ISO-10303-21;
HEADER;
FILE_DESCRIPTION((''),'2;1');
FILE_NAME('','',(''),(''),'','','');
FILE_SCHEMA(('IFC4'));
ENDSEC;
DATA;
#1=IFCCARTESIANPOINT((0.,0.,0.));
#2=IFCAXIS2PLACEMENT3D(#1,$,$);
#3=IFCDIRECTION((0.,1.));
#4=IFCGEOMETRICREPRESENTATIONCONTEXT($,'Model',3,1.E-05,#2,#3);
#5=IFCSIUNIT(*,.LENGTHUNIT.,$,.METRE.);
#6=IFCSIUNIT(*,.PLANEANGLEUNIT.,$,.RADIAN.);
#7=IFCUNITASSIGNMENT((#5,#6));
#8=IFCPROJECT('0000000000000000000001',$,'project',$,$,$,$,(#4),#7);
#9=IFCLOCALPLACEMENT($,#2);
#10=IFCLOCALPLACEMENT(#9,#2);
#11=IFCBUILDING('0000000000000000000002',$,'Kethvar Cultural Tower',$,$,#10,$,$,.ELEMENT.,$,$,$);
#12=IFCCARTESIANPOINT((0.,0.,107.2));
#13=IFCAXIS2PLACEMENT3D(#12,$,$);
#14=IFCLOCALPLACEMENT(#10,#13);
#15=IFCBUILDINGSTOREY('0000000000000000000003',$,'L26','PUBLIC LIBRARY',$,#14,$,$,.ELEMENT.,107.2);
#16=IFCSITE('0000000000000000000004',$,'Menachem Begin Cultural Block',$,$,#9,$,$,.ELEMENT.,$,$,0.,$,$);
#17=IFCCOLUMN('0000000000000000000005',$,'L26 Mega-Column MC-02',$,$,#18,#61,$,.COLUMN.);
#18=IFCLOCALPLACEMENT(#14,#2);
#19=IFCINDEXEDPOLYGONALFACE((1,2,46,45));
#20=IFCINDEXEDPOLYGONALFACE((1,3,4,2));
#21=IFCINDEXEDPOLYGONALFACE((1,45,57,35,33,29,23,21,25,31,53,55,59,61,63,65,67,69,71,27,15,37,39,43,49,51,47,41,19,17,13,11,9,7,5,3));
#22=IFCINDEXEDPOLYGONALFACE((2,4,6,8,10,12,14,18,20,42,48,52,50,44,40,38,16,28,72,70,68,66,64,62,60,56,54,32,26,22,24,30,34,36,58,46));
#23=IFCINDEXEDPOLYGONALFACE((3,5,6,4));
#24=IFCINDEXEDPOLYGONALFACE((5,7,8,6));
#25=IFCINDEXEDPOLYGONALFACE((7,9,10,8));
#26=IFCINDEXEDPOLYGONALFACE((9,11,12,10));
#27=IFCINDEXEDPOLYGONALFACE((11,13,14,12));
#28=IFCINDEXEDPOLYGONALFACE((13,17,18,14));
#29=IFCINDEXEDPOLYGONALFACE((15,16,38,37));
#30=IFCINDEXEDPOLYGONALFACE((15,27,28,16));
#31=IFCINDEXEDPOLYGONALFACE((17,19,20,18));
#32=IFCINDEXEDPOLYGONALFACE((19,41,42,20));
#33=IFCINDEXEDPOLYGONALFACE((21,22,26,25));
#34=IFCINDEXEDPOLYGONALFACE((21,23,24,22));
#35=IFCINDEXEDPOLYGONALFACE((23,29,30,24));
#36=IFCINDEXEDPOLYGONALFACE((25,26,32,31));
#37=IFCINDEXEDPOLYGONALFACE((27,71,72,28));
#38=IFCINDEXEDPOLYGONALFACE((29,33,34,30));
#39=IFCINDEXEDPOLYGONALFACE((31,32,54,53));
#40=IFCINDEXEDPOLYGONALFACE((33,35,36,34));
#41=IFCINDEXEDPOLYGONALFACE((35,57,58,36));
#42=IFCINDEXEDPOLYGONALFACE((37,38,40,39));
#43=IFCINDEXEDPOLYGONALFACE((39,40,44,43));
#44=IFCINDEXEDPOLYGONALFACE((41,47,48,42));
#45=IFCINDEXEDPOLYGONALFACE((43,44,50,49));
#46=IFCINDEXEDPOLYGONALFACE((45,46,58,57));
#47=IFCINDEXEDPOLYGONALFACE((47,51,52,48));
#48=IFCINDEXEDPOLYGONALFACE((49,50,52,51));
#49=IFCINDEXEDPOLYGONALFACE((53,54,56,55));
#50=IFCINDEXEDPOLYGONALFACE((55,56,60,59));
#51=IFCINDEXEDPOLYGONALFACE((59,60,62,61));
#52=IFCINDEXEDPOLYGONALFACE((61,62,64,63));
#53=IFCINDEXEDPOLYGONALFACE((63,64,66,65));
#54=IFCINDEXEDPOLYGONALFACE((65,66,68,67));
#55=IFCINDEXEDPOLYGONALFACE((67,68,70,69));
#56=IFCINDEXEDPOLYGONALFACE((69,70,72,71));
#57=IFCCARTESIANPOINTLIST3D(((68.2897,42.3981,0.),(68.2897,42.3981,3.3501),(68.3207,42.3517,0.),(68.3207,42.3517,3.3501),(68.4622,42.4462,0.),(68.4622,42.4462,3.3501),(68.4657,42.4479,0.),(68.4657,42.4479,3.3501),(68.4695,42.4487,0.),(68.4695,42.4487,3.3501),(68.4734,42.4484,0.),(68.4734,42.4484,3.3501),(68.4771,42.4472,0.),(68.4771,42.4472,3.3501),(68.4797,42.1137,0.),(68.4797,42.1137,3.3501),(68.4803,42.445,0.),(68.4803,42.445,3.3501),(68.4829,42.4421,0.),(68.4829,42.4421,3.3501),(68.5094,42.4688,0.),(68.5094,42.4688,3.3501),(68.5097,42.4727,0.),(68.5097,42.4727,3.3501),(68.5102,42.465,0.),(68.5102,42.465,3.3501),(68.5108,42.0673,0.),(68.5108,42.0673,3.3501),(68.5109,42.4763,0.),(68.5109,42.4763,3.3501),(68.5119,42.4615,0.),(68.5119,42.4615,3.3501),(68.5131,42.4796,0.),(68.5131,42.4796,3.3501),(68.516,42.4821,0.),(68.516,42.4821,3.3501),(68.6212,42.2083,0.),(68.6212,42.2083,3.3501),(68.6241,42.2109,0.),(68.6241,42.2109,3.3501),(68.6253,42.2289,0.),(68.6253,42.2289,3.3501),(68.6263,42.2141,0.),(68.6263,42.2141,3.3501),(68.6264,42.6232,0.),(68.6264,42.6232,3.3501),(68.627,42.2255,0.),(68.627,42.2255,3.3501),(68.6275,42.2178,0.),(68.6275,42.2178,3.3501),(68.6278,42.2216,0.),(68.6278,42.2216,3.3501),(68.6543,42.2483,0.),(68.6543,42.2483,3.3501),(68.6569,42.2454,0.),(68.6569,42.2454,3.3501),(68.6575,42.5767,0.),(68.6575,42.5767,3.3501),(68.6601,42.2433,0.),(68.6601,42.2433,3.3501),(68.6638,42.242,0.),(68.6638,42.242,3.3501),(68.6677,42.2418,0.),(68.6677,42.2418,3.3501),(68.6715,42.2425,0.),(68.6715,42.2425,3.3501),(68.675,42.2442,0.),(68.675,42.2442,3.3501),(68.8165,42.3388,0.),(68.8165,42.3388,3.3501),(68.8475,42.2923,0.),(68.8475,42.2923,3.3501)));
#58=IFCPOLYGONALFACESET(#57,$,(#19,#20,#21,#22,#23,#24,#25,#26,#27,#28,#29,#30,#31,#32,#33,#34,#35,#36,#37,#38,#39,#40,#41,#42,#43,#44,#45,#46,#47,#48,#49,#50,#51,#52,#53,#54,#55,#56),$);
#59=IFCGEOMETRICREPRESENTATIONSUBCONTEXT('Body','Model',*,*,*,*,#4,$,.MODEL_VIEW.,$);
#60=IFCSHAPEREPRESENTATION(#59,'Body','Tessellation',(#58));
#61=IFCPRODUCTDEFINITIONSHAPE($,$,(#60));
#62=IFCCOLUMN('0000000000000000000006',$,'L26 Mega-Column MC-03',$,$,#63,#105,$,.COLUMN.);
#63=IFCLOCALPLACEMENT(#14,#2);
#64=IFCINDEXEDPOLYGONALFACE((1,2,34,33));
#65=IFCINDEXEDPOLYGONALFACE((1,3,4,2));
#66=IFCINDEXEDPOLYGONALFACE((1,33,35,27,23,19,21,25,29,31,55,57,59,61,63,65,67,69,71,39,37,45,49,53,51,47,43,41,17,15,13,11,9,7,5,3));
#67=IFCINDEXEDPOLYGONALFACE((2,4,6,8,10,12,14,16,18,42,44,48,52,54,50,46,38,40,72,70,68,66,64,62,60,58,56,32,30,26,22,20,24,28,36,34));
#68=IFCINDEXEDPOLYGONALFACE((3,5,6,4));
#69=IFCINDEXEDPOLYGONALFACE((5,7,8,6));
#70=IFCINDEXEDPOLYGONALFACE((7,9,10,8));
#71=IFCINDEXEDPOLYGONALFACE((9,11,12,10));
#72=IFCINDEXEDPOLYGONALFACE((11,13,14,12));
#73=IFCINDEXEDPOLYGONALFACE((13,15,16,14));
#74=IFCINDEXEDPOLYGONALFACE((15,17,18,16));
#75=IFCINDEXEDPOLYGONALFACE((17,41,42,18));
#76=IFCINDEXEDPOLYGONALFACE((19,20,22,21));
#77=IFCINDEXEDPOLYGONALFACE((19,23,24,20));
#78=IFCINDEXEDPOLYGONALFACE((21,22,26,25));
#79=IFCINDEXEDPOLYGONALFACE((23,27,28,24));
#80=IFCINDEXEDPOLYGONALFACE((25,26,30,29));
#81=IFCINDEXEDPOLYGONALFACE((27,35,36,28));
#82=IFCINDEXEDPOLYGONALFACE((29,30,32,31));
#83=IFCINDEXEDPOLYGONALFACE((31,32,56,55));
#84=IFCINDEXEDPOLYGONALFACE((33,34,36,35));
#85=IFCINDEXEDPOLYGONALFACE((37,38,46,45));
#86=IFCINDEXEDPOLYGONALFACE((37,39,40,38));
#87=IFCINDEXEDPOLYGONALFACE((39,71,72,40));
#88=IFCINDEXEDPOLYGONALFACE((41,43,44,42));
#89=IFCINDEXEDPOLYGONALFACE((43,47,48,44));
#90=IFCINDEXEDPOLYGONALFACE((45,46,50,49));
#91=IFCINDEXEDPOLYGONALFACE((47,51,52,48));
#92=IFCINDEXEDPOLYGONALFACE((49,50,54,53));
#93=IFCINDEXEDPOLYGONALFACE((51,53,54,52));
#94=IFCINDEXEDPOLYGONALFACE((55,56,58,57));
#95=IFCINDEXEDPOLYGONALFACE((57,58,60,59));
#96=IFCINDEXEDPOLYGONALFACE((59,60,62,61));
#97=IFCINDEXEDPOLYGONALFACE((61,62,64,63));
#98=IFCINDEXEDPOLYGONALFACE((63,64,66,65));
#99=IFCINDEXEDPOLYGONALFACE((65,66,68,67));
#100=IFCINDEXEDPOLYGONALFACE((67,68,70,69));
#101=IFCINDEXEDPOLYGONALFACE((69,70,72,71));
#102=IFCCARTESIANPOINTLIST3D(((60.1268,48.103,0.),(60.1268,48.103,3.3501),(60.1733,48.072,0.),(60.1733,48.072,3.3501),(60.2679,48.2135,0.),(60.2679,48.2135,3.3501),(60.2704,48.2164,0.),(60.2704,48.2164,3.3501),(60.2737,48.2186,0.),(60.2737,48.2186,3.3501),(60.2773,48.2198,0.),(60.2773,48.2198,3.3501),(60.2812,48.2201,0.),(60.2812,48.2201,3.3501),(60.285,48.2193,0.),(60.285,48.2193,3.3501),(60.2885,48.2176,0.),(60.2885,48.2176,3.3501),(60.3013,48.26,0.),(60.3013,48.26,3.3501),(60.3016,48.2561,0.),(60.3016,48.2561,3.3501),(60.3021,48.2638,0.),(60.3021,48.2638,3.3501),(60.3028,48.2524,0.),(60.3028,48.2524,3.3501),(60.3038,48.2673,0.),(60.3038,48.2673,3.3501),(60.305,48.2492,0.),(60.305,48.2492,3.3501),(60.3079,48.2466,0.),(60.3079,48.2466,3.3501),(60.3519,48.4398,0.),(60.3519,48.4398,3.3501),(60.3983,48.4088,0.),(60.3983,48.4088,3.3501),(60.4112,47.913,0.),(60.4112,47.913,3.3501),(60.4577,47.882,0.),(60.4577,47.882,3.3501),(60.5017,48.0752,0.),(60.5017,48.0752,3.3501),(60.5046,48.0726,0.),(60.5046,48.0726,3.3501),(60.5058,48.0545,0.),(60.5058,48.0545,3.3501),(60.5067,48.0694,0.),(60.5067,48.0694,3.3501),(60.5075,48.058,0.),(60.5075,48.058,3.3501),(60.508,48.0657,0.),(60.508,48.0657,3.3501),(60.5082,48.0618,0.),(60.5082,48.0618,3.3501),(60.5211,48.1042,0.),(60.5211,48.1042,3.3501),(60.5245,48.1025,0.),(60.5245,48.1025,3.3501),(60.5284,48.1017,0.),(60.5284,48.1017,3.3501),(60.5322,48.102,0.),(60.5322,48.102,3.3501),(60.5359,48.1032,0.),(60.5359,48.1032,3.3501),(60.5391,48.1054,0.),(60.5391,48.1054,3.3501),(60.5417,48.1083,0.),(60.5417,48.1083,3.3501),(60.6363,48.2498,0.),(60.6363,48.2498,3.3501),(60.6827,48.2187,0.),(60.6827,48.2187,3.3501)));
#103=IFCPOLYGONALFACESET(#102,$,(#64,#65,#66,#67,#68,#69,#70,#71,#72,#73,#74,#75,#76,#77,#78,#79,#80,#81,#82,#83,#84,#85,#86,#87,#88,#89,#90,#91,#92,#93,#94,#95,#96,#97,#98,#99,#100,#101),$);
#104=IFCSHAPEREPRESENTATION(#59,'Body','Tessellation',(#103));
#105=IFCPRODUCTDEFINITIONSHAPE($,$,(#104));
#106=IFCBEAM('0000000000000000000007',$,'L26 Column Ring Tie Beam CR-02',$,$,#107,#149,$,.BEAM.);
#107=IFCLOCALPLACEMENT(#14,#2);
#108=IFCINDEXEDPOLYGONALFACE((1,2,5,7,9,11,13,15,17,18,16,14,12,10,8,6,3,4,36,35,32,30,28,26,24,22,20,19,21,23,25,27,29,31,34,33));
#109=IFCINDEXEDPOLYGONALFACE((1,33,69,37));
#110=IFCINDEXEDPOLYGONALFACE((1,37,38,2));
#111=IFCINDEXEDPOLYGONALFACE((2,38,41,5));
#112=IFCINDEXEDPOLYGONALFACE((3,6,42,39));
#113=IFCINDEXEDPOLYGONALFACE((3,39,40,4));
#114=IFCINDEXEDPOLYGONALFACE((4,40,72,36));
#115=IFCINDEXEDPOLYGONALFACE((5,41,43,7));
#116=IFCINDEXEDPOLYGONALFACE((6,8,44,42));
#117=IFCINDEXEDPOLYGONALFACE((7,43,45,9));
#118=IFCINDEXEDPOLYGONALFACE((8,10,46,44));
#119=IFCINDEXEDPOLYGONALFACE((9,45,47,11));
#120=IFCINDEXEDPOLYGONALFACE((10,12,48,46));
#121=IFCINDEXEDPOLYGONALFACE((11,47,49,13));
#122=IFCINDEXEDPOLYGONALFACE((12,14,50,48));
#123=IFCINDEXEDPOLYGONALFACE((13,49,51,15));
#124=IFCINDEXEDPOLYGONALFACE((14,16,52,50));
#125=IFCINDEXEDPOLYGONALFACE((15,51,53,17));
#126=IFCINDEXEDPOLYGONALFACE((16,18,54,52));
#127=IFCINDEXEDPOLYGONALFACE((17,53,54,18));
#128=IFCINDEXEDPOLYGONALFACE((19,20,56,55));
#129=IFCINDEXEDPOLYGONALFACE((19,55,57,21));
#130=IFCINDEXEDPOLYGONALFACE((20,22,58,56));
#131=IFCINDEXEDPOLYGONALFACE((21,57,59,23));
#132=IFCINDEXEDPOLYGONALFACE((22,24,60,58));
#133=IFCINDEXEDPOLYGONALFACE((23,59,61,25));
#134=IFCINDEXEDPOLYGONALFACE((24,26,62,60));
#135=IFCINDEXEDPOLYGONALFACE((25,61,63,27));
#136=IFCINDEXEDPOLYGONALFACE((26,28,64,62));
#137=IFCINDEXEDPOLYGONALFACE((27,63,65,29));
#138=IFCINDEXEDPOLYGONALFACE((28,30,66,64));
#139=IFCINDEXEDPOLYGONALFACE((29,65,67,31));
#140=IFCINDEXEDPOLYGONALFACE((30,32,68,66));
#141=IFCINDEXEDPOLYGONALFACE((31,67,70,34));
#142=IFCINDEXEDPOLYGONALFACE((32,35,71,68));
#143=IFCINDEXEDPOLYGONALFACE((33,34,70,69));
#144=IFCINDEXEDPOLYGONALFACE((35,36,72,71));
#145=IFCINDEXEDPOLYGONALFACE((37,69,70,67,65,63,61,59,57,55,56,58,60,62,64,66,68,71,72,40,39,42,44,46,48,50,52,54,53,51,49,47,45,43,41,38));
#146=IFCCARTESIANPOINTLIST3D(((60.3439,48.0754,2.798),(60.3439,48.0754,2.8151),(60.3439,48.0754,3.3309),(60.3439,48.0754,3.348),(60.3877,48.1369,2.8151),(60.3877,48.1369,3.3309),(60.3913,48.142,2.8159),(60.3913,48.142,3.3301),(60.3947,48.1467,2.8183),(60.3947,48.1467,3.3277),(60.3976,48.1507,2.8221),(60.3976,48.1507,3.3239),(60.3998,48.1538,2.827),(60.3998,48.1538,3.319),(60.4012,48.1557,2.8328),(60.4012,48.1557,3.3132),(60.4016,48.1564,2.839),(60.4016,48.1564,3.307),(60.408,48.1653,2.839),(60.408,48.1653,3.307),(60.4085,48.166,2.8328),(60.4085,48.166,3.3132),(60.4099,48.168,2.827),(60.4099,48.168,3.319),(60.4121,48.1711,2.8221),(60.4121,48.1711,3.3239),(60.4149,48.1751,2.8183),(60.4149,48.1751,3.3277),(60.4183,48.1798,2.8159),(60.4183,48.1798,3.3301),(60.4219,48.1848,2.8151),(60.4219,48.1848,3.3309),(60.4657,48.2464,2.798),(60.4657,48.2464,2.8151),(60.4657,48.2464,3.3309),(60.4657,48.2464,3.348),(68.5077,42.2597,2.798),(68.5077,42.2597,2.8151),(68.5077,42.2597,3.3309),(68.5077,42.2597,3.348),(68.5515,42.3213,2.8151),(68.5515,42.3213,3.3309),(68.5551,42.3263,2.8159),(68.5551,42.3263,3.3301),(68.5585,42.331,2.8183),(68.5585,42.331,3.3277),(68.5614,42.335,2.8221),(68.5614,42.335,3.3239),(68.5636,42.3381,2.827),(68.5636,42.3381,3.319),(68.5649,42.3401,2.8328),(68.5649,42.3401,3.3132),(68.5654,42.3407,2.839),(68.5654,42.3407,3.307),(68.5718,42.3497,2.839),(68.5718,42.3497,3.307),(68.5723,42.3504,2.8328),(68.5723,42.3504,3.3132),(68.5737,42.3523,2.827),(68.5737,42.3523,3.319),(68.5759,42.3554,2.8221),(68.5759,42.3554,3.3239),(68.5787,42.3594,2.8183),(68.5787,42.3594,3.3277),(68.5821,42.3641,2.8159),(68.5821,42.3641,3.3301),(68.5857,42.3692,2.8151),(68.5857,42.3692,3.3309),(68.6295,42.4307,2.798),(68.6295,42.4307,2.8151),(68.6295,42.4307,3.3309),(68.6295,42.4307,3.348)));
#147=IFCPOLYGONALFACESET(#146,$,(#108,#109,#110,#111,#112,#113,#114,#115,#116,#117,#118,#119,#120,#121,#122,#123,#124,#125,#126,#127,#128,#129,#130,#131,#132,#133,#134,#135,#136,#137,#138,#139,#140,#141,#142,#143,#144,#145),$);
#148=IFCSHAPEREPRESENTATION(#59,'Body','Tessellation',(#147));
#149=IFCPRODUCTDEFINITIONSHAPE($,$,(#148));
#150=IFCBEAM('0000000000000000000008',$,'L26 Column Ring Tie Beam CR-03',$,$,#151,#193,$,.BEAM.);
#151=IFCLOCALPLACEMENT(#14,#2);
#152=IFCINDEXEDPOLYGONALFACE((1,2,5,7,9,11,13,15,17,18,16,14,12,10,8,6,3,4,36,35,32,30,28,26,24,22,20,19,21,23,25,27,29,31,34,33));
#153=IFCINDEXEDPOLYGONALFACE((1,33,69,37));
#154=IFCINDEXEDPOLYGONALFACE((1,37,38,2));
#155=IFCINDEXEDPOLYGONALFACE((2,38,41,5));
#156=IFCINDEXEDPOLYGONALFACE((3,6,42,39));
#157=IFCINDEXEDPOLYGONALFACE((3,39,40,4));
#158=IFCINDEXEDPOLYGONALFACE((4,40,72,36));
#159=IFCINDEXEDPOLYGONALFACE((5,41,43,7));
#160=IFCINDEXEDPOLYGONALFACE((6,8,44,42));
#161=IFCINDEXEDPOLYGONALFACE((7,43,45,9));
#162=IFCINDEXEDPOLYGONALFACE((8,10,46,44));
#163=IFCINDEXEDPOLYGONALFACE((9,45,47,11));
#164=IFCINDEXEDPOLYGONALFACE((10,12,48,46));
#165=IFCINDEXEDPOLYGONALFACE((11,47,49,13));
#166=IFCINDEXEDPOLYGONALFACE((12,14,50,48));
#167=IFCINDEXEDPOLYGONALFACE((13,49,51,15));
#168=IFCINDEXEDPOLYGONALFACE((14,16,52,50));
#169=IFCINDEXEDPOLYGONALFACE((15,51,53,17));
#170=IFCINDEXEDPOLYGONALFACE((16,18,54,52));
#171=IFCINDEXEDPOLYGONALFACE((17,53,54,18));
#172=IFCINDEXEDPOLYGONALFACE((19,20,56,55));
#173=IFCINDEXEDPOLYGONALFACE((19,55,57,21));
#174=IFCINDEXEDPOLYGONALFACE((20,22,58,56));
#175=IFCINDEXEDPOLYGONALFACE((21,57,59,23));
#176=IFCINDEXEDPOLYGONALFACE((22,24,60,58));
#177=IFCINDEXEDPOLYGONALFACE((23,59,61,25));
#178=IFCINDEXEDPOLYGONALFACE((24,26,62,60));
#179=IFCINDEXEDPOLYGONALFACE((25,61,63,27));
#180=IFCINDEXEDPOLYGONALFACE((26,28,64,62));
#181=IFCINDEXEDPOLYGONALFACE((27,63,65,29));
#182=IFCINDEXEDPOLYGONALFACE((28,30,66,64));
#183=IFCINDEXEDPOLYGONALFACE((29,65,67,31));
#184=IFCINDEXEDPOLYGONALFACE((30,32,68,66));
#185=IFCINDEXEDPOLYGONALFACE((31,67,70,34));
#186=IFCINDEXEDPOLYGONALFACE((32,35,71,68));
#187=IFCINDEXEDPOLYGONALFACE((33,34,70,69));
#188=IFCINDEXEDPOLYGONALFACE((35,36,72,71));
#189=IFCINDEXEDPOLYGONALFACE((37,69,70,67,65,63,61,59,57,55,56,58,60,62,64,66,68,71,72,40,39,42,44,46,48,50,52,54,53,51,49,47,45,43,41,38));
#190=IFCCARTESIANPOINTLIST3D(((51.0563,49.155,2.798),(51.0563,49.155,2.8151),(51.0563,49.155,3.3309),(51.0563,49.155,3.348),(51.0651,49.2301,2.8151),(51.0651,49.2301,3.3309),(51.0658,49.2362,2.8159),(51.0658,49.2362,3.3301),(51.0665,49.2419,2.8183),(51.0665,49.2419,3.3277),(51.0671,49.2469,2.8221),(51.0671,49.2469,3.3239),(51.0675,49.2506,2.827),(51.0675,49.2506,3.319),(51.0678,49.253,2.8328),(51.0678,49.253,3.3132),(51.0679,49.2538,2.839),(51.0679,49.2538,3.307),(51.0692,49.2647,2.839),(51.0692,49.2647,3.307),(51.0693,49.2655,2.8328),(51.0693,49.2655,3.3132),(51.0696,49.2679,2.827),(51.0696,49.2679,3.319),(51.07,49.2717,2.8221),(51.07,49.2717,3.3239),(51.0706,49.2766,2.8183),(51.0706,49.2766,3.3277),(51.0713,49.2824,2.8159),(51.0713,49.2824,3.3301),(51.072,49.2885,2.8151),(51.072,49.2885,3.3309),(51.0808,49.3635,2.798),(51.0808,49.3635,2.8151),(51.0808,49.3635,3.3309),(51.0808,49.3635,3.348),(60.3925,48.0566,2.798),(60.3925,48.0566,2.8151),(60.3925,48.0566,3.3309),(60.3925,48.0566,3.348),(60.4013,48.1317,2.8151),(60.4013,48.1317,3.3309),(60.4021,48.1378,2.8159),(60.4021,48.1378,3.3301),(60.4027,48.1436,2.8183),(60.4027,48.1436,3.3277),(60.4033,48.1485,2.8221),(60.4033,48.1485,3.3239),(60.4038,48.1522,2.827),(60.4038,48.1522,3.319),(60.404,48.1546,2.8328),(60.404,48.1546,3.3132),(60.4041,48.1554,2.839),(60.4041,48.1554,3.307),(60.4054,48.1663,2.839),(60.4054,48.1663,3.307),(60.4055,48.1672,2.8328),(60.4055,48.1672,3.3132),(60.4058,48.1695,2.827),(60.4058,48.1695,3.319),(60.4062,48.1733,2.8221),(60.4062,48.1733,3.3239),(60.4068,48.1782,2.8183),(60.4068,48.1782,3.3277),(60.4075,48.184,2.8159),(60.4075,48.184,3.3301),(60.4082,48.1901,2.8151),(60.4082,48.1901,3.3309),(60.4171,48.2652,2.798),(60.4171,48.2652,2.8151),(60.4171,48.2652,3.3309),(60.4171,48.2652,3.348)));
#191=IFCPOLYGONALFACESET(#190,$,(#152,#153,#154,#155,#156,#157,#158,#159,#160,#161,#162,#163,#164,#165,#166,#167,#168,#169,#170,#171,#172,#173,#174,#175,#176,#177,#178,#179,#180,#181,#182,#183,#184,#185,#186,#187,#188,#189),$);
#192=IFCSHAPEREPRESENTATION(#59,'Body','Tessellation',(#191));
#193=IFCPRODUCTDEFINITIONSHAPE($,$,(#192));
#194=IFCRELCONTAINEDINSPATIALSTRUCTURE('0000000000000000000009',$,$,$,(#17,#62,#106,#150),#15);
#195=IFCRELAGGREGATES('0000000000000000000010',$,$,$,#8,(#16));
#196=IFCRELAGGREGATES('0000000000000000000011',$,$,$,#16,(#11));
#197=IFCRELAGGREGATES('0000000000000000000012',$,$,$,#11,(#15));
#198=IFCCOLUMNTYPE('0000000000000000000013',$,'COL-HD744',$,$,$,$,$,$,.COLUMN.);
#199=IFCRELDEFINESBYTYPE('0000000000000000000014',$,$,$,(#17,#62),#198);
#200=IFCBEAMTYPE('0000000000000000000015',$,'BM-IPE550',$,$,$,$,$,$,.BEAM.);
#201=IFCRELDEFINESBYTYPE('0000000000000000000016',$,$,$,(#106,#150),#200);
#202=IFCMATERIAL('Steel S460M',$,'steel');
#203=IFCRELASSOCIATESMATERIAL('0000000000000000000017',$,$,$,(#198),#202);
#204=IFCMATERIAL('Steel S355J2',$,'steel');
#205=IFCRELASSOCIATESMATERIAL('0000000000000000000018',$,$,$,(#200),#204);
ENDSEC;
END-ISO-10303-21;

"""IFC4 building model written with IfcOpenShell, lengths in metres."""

from ifc_helpers import new_model, si_unit, direction, frame, origin, origin_2d, place, context, subcontext, project, spatial, i_section, extrude, source, transform, mapped, material, material_profile, profile_set, type_object, element, save


model = new_model("IFC4")

# Units and contexts
model_context = context("Model", 3, precision=1e-05, world=origin(), true_north=direction((0.0, 1.0)))
body_context = subcontext(model_context, "Body", "Model", "MODEL_VIEW")
ifc_project = project(units=[si_unit("LENGTHUNIT", "METRE"), si_unit("PLANEANGLEUNIT", "RADIAN")], contexts=[model_context])

# Site, building, storey
site_placement = place(None, origin())
site = spatial("IfcSite", under=ifc_project, at=site_placement, Name="Menachem Begin Cultural Block", CompositionType="ELEMENT", RefElevation=0.0)
building_placement = place(site_placement, origin())
building = spatial("IfcBuilding", under=site, at=building_placement, Name="Kethvar Cultural Tower", CompositionType="ELEMENT")
storey_placement = place(building_placement, frame((0.0, 0.0, 107.2)))
storey = spatial("IfcBuildingStorey", under=building, at=storey_placement, Name="L26", Description="PUBLIC LIBRARY", CompositionType="ELEMENT", Elevation=107.2)

# Columns
ifc_material_1 = material(Name="Steel S460M", Category="steel")
ifc_material_profile_1 = material_profile(ifc_material_1, i_section(OverallWidth=0.405, OverallDepth=0.3979, WebThickness=0.0349, FlangeThickness=0.0559, FilletRadius=0.0149, at=origin_2d()), Name="Steel S460M — HD400x744")
ifc_profile_set_1 = profile_set([ifc_material_profile_1], Name="Steel S460M — HD400x744")
column_type = type_object("IfcColumnType", Name="COL-HD744", PredefinedType="COLUMN", material=ifc_profile_set_1)
shared_shape_1 = source(origin(), body_context, "Body", "SweptSolid", [
    extrude(i_section(OverallWidth=0.405, OverallDepth=0.3979, WebThickness=0.0349, FlangeThickness=0.0559, FilletRadius=0.0149, at=origin_2d()), origin(), (0.0, 0.0, 1.0), 3.3501),
])
for number, where, z_axis, x_axis, name in (
    (1, (68.5686, 42.3452, 0.0), (0.0, 0.0, 1.0), (0.83147, 0.55557, 0.0), "L26 Mega-Column MC-02"),
    (2, (60.4048, 48.1609, 0.0), (0.0, 0.0, 1.0), (0.55557, 0.83147, 0.0), "L26 Mega-Column MC-03"),
):
    element("IfcColumn", number, at=place(storey_placement, frame(where, z_axis=z_axis, x_axis=x_axis)), inside=storey, type_object=column_type, Name=name, PredefinedType="COLUMN", context=body_context, shape_type="MappedRepresentation", body=[
        mapped(shared_shape_1, transform((0.0, 0.0, 0.0), scale=1.0)),
    ])

# Beams
ifc_material_2 = material(Name="Steel S355J2", Category="steel")
ifc_material_profile_2 = material_profile(ifc_material_2, i_section(OverallWidth=0.21, OverallDepth=0.55, WebThickness=0.011, FlangeThickness=0.0171, FilletRadius=0.0239, at=origin_2d()), Name="Steel S355J2 — IPE550")
ifc_profile_set_2 = profile_set([ifc_material_profile_2], Name="Steel S355J2 — IPE550")
beam_type_1 = type_object("IfcBeamType", Name="BM-IPE550", PredefinedType="BEAM", material=ifc_profile_set_2)
shared_shape_2 = source(origin(), body_context, "Body", "SweptSolid", [
    extrude(i_section(OverallWidth=0.21, OverallDepth=0.55, WebThickness=0.011, FlangeThickness=0.0171, FilletRadius=0.0239, at=origin_2d()), origin(), (0.0, 0.0, 1.0), 10.0234),
])
beam_1_placement = place(storey_placement, frame((68.5686, 42.3452, 3.073), z_axis=(-0.81447, 0.580206, 0.0), x_axis=(-0.580206, -0.81447, 0.0)))
element("IfcBeam", 3, at=beam_1_placement, inside=storey, type_object=beam_type_1, Name="L26 Column Ring Tie Beam CR-02", PredefinedType="BEAM", context=body_context, shape_type="MappedRepresentation", body=[
    mapped(shared_shape_2, transform((0.0, 0.0, 0.0), scale=1.0)),
])
shared_shape_3 = source(origin(), body_context, "Body", "SweptSolid", [
    extrude(i_section(OverallWidth=0.21, OverallDepth=0.55, WebThickness=0.011, FlangeThickness=0.0171, FilletRadius=0.0239, at=origin_2d()), origin(), (0.0, 0.0, 1.0), 9.4006),
])
beam_2_placement = place(storey_placement, frame((60.4048, 48.1609, 3.073), z_axis=(-0.99315, 0.116843, 0.0), x_axis=(-0.116843, -0.99315, 0.0)))
element("IfcBeam", 4, at=beam_2_placement, inside=storey, type_object=beam_type_1, Name="L26 Column Ring Tie Beam CR-03", PredefinedType="BEAM", context=body_context, shape_type="MappedRepresentation", body=[
    mapped(shared_shape_3, transform((0.0, 0.0, 0.0), scale=1.0)),
])

save(model, "model.ifc")
